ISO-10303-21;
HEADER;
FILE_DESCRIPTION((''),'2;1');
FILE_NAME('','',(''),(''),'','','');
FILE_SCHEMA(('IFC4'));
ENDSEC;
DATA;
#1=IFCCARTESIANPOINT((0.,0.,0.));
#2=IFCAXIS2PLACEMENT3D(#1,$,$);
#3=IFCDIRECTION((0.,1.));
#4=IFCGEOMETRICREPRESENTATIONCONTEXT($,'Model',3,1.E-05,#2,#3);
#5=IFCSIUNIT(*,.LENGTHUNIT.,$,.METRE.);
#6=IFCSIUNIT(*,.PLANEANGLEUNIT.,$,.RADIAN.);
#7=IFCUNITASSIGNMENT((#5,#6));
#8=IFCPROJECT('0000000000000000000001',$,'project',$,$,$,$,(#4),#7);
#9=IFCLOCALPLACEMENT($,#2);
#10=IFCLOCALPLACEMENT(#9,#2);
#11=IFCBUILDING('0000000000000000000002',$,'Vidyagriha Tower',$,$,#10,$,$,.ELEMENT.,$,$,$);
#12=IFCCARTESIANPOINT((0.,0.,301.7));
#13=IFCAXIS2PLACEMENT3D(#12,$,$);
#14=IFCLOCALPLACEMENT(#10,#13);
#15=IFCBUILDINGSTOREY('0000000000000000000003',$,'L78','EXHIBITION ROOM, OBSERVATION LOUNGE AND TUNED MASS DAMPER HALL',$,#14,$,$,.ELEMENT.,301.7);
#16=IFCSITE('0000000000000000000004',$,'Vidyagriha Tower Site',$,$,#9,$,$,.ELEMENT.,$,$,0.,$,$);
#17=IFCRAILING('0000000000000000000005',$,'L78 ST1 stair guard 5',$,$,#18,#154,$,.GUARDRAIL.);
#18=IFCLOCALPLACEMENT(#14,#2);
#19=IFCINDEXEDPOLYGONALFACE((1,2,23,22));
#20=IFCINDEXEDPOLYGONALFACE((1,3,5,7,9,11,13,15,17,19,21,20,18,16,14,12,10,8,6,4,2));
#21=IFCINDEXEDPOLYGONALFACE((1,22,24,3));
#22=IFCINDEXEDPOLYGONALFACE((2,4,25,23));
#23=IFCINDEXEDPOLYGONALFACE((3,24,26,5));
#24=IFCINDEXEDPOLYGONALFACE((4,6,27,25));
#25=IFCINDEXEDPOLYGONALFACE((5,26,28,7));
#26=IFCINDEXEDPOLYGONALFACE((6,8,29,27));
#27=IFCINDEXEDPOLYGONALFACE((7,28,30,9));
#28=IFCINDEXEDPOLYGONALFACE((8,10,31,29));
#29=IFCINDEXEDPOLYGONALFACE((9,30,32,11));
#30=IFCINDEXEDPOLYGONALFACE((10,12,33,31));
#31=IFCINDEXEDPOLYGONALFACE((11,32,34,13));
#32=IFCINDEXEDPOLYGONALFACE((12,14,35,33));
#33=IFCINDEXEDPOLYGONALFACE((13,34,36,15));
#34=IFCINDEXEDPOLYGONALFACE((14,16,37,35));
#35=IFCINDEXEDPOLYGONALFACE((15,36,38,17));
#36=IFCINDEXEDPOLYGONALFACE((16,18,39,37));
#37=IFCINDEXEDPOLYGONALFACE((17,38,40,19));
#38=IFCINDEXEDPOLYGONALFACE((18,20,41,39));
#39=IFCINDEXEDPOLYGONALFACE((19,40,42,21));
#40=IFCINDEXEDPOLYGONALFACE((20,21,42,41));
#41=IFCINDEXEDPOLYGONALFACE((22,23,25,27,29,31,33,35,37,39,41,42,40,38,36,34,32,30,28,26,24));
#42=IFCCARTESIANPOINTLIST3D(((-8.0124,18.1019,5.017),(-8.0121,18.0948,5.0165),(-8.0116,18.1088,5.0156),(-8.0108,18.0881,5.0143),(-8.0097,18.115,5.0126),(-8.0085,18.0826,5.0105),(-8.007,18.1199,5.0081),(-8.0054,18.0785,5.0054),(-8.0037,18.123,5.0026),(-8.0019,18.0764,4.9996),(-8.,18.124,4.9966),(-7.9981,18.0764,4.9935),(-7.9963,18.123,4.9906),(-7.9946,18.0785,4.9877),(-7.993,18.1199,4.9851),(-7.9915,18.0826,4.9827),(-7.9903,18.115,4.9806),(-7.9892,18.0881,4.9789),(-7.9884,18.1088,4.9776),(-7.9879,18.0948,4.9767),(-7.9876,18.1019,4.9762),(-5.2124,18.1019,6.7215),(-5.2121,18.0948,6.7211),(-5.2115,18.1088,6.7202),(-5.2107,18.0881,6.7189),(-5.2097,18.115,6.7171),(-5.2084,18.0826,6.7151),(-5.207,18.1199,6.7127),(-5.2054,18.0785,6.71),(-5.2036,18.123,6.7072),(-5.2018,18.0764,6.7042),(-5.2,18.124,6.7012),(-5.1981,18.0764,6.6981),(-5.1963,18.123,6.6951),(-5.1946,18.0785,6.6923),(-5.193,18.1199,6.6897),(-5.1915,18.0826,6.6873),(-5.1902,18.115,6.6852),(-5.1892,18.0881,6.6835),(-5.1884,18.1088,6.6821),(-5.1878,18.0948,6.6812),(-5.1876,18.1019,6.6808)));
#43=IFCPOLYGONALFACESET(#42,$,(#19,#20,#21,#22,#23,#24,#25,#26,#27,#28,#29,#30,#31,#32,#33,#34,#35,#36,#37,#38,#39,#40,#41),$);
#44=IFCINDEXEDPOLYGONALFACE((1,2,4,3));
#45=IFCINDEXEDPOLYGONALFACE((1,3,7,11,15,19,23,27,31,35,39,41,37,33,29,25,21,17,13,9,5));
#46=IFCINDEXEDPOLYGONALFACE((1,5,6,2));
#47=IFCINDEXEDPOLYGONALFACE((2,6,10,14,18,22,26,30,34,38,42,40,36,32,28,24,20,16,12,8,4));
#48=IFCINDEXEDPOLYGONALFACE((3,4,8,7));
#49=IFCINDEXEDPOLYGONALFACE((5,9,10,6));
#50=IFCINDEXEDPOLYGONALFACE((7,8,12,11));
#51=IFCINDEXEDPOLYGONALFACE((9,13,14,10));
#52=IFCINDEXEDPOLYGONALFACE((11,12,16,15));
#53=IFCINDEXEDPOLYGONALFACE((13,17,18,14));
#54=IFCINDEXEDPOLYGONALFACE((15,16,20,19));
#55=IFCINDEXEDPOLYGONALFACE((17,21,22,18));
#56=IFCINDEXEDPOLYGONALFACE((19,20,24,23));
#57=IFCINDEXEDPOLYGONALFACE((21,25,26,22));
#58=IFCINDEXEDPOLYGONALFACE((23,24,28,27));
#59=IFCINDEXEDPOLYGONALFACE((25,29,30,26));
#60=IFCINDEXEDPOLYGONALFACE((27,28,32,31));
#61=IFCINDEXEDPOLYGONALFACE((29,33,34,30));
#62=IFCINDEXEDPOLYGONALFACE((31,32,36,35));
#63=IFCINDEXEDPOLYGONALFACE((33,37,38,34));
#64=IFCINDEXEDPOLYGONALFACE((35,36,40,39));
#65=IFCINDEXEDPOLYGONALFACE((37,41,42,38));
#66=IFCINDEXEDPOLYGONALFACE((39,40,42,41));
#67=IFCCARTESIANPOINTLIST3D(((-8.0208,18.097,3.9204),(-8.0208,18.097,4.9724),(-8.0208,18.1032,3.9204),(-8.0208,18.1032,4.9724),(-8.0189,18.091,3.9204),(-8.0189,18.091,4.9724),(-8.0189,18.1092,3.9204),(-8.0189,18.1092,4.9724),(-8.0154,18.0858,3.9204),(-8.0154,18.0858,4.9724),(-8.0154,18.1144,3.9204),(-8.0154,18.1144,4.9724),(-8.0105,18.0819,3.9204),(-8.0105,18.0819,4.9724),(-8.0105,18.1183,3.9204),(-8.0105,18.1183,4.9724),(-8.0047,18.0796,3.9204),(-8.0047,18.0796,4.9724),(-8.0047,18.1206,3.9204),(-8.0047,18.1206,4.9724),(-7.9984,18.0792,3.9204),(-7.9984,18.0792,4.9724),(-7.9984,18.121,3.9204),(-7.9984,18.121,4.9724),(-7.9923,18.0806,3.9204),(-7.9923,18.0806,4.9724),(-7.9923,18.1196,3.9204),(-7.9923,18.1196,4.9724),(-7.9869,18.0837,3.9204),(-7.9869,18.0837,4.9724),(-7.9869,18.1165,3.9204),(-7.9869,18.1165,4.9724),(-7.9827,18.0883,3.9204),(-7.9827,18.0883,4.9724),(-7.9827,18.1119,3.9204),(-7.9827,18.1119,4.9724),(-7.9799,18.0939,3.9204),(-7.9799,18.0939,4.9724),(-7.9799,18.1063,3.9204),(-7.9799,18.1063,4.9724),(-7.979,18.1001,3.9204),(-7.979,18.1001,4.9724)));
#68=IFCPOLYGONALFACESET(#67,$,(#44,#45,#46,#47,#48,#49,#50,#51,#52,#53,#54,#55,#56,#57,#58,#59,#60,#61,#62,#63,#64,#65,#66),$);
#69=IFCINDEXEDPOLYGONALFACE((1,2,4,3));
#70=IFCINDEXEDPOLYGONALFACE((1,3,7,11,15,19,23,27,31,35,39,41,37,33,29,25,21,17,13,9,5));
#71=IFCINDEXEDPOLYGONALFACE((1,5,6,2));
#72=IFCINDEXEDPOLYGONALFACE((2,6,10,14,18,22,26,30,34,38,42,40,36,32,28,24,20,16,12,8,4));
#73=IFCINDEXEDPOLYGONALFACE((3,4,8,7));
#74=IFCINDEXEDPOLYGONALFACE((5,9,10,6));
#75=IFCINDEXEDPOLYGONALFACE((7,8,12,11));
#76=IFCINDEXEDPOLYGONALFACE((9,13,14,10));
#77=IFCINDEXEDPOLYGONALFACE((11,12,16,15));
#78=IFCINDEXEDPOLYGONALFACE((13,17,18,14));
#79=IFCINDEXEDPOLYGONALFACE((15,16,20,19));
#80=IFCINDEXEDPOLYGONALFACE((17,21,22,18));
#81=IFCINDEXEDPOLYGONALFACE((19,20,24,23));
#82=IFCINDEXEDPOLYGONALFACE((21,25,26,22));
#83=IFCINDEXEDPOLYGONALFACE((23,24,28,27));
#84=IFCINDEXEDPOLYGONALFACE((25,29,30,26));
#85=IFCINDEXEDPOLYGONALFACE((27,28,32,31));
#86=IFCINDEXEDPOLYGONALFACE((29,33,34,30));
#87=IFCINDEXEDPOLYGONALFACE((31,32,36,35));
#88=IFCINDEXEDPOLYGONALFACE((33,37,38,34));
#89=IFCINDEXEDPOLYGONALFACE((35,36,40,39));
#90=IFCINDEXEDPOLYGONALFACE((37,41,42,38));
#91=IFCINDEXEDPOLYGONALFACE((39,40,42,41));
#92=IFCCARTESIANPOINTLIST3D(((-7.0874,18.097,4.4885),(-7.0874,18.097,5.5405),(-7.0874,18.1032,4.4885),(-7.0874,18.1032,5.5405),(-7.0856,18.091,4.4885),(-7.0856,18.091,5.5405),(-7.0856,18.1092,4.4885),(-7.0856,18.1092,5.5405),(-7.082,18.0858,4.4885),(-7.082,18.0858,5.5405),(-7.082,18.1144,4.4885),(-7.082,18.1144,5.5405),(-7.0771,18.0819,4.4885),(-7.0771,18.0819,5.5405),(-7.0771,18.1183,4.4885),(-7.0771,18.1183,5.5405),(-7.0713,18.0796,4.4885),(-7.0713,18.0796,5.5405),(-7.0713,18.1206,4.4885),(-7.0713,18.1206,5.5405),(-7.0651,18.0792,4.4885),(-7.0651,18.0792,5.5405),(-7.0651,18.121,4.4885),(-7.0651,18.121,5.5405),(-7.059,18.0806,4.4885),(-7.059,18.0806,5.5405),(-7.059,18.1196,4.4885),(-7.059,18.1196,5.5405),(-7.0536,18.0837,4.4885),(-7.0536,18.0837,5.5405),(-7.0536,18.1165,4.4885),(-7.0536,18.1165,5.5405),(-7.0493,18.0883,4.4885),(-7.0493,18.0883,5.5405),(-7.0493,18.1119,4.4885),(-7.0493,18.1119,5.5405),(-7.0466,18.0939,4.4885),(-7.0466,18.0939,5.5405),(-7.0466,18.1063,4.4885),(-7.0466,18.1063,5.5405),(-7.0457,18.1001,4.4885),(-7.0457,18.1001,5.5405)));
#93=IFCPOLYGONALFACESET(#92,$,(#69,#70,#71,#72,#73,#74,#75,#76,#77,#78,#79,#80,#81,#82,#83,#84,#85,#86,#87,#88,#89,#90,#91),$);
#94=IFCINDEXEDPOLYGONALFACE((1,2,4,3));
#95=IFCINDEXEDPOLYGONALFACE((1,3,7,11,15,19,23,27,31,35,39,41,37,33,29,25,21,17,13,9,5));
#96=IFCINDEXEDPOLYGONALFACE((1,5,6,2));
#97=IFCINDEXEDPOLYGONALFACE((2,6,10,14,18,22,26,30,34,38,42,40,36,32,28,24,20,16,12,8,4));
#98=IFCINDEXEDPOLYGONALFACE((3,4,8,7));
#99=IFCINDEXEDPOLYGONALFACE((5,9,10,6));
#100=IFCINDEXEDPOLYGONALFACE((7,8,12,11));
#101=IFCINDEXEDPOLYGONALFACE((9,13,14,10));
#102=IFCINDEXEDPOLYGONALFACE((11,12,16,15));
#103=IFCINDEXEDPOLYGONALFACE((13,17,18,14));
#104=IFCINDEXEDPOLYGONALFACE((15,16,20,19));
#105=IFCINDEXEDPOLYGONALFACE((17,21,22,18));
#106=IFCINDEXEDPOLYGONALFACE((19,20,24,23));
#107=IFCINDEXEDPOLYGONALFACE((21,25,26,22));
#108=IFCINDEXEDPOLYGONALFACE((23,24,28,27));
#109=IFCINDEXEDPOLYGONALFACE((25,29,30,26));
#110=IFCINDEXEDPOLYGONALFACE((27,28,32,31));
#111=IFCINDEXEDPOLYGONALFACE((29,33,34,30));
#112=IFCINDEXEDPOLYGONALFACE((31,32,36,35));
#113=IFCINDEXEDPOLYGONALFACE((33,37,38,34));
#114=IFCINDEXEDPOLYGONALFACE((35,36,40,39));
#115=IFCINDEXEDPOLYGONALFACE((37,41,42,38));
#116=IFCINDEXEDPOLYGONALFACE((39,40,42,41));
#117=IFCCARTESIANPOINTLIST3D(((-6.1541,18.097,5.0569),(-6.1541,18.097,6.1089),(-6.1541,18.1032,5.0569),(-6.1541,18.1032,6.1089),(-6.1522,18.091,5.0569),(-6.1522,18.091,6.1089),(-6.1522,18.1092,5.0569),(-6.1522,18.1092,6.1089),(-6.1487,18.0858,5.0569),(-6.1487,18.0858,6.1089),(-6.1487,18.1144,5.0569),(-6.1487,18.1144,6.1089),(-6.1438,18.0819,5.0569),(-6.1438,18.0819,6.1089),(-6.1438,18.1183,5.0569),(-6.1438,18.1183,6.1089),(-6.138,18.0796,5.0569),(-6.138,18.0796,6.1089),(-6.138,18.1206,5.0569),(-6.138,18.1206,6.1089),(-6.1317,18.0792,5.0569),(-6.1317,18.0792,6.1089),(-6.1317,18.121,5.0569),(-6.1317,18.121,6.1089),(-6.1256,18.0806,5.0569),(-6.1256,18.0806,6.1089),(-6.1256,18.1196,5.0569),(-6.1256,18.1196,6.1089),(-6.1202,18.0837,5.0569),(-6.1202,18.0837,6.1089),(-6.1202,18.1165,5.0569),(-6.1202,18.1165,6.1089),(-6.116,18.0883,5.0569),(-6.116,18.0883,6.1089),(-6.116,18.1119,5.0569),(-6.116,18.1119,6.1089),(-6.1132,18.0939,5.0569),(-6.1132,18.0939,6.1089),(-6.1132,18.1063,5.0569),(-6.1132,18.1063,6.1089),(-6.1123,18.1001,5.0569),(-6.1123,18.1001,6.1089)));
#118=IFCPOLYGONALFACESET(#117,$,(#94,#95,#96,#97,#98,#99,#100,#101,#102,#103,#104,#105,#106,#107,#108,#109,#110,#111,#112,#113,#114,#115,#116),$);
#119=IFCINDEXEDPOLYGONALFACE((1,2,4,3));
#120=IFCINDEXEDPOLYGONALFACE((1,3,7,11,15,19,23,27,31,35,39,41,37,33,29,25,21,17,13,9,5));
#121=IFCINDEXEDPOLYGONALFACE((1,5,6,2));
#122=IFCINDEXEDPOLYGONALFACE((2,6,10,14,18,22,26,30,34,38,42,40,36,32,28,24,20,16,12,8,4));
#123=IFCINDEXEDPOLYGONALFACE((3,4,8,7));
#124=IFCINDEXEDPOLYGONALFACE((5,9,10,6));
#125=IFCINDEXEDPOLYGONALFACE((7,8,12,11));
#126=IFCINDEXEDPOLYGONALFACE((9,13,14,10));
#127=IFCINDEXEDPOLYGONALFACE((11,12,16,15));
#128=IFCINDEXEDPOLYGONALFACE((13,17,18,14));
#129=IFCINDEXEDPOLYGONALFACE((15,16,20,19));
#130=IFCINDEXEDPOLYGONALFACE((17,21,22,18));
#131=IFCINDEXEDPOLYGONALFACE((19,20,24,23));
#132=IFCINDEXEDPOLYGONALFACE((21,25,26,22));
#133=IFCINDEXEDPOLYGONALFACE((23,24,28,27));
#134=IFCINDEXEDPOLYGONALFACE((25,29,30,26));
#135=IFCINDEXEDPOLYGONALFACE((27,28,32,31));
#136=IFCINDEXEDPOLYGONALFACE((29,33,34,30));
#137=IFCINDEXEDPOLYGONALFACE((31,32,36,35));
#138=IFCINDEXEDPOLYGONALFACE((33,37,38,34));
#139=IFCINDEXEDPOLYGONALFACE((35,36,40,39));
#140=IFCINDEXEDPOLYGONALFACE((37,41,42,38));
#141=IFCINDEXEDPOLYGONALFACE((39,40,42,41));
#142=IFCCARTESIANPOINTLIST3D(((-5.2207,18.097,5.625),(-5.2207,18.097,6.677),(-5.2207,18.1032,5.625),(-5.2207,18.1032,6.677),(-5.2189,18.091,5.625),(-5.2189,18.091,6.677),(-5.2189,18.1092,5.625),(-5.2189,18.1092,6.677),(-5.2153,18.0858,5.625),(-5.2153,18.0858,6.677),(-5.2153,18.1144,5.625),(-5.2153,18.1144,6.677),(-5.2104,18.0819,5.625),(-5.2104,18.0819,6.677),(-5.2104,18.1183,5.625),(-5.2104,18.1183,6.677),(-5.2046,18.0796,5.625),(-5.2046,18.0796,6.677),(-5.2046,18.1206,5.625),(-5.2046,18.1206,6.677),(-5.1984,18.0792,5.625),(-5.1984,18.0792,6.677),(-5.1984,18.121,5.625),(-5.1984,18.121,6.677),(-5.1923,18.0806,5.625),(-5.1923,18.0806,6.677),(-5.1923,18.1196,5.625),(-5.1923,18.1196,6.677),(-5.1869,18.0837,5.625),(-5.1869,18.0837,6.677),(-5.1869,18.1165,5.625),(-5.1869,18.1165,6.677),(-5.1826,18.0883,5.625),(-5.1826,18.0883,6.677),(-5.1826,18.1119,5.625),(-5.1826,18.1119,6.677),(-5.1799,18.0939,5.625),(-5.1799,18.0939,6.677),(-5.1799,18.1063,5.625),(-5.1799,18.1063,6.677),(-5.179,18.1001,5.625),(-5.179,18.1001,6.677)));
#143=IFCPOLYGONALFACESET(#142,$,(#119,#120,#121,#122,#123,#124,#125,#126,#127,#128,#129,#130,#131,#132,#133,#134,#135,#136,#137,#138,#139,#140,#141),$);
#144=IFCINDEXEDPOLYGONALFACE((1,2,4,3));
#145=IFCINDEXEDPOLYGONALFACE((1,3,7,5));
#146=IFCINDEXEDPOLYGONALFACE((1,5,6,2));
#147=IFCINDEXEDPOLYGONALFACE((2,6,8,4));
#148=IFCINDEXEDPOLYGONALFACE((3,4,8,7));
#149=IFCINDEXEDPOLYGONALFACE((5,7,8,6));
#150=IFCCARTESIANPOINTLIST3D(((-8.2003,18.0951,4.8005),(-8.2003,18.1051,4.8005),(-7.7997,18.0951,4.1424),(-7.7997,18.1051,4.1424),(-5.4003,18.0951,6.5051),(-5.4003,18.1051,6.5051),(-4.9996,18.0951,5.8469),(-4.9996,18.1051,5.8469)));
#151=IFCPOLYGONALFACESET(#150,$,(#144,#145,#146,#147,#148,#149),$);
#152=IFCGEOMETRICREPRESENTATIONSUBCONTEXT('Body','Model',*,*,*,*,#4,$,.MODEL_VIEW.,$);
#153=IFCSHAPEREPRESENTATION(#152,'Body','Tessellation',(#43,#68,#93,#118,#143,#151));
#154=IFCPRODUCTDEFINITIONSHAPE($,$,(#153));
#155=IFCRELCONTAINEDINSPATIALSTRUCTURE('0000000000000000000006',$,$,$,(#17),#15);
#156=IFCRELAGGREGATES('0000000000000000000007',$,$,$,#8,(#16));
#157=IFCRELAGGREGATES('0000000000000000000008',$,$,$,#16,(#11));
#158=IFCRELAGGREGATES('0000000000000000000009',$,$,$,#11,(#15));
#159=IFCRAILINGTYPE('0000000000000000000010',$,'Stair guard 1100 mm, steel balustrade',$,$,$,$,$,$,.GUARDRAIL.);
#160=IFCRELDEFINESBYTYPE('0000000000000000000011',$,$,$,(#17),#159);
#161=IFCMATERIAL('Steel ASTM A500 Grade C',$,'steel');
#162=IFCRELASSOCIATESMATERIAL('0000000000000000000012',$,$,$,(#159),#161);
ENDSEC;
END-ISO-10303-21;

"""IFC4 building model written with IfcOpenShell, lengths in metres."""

from ifc_helpers import new_model, si_unit, direction, frame, origin, origin_2d, place, context, subcontext, project, spatial, rectangle, circle, extrude, material, type_object, element, save


model = new_model("IFC4")

# Units and contexts
model_context = context("Model", 3, precision=1e-05, world=origin(), true_north=direction((0.0, 1.0)))
body_context = subcontext(model_context, "Body", "Model", "MODEL_VIEW")
ifc_project = project(units=[si_unit("LENGTHUNIT", "METRE"), si_unit("PLANEANGLEUNIT", "RADIAN")], contexts=[model_context])

# Site, building, storey
site_placement = place(None, origin())
site = spatial("IfcSite", under=ifc_project, at=site_placement, Name="Vidyagriha Tower Site", CompositionType="ELEMENT", RefElevation=0.0)
building_placement = place(site_placement, origin())
building = spatial("IfcBuilding", under=site, at=building_placement, Name="Vidyagriha Tower", CompositionType="ELEMENT")
storey_placement = place(building_placement, frame((0.0, 0.0, 301.7)))
storey = spatial("IfcBuildingStorey", under=building, at=storey_placement, Name="L78", Description="EXHIBITION ROOM, OBSERVATION LOUNGE AND TUNED MASS DAMPER HALL", CompositionType="ELEMENT", Elevation=301.7)

# Railing
ifc_material_1 = material(Name="Steel ASTM A500 Grade C", Category="steel")
railing_type_1 = type_object("IfcRailingType", Name="Stair guard 1100 mm, steel balustrade", PredefinedType="GUARDRAIL", material=ifc_material_1)
for number, where, name in (
    (1, (-8.0, 18.1001, 3.9204), "L78 ST1 stair guard 5"),
):
    element("IfcRailing", number, at=place(storey_placement, frame(where)), inside=storey, type_object=railing_type_1, Name=name, PredefinedType="GUARDRAIL", context=body_context, shape_type="SweptSolid", body=[
        extrude(circle(Radius=0.0239, at=origin_2d()), frame((0.0, 0.0, 1.0762), z_axis=(0.85417, 0.0, 0.519994), x_axis=(0.0, 1.0, 0.0)), (0.0, 0.0, 1.0), 3.2781),
        extrude(circle(Radius=0.021, at=origin_2d()), origin(), (0.0, 0.0, 1.0), 1.052),
        extrude(circle(Radius=0.021, at=origin_2d()), frame((0.9333, 0.0, 0.5681)), (0.0, 0.0, 1.0), 1.052),
        extrude(circle(Radius=0.021, at=origin_2d()), frame((1.8667, 0.0, 1.1365)), (0.0, 0.0, 1.0), 1.052),
        extrude(circle(Radius=0.021, at=origin_2d()), frame((2.8, 0.0, 1.7046)), (0.0, 0.0, 1.0), 1.052),
        extrude(rectangle(XDim=0.01, YDim=0.7705, at=origin_2d()), frame((0.0, 0.0, 0.551), z_axis=(0.85417, 0.0, 0.519994), x_axis=(0.0, 1.0, 0.0)), (0.0, 0.0, 1.0), 3.2781),
    ])

save(model, "model.ifc")
